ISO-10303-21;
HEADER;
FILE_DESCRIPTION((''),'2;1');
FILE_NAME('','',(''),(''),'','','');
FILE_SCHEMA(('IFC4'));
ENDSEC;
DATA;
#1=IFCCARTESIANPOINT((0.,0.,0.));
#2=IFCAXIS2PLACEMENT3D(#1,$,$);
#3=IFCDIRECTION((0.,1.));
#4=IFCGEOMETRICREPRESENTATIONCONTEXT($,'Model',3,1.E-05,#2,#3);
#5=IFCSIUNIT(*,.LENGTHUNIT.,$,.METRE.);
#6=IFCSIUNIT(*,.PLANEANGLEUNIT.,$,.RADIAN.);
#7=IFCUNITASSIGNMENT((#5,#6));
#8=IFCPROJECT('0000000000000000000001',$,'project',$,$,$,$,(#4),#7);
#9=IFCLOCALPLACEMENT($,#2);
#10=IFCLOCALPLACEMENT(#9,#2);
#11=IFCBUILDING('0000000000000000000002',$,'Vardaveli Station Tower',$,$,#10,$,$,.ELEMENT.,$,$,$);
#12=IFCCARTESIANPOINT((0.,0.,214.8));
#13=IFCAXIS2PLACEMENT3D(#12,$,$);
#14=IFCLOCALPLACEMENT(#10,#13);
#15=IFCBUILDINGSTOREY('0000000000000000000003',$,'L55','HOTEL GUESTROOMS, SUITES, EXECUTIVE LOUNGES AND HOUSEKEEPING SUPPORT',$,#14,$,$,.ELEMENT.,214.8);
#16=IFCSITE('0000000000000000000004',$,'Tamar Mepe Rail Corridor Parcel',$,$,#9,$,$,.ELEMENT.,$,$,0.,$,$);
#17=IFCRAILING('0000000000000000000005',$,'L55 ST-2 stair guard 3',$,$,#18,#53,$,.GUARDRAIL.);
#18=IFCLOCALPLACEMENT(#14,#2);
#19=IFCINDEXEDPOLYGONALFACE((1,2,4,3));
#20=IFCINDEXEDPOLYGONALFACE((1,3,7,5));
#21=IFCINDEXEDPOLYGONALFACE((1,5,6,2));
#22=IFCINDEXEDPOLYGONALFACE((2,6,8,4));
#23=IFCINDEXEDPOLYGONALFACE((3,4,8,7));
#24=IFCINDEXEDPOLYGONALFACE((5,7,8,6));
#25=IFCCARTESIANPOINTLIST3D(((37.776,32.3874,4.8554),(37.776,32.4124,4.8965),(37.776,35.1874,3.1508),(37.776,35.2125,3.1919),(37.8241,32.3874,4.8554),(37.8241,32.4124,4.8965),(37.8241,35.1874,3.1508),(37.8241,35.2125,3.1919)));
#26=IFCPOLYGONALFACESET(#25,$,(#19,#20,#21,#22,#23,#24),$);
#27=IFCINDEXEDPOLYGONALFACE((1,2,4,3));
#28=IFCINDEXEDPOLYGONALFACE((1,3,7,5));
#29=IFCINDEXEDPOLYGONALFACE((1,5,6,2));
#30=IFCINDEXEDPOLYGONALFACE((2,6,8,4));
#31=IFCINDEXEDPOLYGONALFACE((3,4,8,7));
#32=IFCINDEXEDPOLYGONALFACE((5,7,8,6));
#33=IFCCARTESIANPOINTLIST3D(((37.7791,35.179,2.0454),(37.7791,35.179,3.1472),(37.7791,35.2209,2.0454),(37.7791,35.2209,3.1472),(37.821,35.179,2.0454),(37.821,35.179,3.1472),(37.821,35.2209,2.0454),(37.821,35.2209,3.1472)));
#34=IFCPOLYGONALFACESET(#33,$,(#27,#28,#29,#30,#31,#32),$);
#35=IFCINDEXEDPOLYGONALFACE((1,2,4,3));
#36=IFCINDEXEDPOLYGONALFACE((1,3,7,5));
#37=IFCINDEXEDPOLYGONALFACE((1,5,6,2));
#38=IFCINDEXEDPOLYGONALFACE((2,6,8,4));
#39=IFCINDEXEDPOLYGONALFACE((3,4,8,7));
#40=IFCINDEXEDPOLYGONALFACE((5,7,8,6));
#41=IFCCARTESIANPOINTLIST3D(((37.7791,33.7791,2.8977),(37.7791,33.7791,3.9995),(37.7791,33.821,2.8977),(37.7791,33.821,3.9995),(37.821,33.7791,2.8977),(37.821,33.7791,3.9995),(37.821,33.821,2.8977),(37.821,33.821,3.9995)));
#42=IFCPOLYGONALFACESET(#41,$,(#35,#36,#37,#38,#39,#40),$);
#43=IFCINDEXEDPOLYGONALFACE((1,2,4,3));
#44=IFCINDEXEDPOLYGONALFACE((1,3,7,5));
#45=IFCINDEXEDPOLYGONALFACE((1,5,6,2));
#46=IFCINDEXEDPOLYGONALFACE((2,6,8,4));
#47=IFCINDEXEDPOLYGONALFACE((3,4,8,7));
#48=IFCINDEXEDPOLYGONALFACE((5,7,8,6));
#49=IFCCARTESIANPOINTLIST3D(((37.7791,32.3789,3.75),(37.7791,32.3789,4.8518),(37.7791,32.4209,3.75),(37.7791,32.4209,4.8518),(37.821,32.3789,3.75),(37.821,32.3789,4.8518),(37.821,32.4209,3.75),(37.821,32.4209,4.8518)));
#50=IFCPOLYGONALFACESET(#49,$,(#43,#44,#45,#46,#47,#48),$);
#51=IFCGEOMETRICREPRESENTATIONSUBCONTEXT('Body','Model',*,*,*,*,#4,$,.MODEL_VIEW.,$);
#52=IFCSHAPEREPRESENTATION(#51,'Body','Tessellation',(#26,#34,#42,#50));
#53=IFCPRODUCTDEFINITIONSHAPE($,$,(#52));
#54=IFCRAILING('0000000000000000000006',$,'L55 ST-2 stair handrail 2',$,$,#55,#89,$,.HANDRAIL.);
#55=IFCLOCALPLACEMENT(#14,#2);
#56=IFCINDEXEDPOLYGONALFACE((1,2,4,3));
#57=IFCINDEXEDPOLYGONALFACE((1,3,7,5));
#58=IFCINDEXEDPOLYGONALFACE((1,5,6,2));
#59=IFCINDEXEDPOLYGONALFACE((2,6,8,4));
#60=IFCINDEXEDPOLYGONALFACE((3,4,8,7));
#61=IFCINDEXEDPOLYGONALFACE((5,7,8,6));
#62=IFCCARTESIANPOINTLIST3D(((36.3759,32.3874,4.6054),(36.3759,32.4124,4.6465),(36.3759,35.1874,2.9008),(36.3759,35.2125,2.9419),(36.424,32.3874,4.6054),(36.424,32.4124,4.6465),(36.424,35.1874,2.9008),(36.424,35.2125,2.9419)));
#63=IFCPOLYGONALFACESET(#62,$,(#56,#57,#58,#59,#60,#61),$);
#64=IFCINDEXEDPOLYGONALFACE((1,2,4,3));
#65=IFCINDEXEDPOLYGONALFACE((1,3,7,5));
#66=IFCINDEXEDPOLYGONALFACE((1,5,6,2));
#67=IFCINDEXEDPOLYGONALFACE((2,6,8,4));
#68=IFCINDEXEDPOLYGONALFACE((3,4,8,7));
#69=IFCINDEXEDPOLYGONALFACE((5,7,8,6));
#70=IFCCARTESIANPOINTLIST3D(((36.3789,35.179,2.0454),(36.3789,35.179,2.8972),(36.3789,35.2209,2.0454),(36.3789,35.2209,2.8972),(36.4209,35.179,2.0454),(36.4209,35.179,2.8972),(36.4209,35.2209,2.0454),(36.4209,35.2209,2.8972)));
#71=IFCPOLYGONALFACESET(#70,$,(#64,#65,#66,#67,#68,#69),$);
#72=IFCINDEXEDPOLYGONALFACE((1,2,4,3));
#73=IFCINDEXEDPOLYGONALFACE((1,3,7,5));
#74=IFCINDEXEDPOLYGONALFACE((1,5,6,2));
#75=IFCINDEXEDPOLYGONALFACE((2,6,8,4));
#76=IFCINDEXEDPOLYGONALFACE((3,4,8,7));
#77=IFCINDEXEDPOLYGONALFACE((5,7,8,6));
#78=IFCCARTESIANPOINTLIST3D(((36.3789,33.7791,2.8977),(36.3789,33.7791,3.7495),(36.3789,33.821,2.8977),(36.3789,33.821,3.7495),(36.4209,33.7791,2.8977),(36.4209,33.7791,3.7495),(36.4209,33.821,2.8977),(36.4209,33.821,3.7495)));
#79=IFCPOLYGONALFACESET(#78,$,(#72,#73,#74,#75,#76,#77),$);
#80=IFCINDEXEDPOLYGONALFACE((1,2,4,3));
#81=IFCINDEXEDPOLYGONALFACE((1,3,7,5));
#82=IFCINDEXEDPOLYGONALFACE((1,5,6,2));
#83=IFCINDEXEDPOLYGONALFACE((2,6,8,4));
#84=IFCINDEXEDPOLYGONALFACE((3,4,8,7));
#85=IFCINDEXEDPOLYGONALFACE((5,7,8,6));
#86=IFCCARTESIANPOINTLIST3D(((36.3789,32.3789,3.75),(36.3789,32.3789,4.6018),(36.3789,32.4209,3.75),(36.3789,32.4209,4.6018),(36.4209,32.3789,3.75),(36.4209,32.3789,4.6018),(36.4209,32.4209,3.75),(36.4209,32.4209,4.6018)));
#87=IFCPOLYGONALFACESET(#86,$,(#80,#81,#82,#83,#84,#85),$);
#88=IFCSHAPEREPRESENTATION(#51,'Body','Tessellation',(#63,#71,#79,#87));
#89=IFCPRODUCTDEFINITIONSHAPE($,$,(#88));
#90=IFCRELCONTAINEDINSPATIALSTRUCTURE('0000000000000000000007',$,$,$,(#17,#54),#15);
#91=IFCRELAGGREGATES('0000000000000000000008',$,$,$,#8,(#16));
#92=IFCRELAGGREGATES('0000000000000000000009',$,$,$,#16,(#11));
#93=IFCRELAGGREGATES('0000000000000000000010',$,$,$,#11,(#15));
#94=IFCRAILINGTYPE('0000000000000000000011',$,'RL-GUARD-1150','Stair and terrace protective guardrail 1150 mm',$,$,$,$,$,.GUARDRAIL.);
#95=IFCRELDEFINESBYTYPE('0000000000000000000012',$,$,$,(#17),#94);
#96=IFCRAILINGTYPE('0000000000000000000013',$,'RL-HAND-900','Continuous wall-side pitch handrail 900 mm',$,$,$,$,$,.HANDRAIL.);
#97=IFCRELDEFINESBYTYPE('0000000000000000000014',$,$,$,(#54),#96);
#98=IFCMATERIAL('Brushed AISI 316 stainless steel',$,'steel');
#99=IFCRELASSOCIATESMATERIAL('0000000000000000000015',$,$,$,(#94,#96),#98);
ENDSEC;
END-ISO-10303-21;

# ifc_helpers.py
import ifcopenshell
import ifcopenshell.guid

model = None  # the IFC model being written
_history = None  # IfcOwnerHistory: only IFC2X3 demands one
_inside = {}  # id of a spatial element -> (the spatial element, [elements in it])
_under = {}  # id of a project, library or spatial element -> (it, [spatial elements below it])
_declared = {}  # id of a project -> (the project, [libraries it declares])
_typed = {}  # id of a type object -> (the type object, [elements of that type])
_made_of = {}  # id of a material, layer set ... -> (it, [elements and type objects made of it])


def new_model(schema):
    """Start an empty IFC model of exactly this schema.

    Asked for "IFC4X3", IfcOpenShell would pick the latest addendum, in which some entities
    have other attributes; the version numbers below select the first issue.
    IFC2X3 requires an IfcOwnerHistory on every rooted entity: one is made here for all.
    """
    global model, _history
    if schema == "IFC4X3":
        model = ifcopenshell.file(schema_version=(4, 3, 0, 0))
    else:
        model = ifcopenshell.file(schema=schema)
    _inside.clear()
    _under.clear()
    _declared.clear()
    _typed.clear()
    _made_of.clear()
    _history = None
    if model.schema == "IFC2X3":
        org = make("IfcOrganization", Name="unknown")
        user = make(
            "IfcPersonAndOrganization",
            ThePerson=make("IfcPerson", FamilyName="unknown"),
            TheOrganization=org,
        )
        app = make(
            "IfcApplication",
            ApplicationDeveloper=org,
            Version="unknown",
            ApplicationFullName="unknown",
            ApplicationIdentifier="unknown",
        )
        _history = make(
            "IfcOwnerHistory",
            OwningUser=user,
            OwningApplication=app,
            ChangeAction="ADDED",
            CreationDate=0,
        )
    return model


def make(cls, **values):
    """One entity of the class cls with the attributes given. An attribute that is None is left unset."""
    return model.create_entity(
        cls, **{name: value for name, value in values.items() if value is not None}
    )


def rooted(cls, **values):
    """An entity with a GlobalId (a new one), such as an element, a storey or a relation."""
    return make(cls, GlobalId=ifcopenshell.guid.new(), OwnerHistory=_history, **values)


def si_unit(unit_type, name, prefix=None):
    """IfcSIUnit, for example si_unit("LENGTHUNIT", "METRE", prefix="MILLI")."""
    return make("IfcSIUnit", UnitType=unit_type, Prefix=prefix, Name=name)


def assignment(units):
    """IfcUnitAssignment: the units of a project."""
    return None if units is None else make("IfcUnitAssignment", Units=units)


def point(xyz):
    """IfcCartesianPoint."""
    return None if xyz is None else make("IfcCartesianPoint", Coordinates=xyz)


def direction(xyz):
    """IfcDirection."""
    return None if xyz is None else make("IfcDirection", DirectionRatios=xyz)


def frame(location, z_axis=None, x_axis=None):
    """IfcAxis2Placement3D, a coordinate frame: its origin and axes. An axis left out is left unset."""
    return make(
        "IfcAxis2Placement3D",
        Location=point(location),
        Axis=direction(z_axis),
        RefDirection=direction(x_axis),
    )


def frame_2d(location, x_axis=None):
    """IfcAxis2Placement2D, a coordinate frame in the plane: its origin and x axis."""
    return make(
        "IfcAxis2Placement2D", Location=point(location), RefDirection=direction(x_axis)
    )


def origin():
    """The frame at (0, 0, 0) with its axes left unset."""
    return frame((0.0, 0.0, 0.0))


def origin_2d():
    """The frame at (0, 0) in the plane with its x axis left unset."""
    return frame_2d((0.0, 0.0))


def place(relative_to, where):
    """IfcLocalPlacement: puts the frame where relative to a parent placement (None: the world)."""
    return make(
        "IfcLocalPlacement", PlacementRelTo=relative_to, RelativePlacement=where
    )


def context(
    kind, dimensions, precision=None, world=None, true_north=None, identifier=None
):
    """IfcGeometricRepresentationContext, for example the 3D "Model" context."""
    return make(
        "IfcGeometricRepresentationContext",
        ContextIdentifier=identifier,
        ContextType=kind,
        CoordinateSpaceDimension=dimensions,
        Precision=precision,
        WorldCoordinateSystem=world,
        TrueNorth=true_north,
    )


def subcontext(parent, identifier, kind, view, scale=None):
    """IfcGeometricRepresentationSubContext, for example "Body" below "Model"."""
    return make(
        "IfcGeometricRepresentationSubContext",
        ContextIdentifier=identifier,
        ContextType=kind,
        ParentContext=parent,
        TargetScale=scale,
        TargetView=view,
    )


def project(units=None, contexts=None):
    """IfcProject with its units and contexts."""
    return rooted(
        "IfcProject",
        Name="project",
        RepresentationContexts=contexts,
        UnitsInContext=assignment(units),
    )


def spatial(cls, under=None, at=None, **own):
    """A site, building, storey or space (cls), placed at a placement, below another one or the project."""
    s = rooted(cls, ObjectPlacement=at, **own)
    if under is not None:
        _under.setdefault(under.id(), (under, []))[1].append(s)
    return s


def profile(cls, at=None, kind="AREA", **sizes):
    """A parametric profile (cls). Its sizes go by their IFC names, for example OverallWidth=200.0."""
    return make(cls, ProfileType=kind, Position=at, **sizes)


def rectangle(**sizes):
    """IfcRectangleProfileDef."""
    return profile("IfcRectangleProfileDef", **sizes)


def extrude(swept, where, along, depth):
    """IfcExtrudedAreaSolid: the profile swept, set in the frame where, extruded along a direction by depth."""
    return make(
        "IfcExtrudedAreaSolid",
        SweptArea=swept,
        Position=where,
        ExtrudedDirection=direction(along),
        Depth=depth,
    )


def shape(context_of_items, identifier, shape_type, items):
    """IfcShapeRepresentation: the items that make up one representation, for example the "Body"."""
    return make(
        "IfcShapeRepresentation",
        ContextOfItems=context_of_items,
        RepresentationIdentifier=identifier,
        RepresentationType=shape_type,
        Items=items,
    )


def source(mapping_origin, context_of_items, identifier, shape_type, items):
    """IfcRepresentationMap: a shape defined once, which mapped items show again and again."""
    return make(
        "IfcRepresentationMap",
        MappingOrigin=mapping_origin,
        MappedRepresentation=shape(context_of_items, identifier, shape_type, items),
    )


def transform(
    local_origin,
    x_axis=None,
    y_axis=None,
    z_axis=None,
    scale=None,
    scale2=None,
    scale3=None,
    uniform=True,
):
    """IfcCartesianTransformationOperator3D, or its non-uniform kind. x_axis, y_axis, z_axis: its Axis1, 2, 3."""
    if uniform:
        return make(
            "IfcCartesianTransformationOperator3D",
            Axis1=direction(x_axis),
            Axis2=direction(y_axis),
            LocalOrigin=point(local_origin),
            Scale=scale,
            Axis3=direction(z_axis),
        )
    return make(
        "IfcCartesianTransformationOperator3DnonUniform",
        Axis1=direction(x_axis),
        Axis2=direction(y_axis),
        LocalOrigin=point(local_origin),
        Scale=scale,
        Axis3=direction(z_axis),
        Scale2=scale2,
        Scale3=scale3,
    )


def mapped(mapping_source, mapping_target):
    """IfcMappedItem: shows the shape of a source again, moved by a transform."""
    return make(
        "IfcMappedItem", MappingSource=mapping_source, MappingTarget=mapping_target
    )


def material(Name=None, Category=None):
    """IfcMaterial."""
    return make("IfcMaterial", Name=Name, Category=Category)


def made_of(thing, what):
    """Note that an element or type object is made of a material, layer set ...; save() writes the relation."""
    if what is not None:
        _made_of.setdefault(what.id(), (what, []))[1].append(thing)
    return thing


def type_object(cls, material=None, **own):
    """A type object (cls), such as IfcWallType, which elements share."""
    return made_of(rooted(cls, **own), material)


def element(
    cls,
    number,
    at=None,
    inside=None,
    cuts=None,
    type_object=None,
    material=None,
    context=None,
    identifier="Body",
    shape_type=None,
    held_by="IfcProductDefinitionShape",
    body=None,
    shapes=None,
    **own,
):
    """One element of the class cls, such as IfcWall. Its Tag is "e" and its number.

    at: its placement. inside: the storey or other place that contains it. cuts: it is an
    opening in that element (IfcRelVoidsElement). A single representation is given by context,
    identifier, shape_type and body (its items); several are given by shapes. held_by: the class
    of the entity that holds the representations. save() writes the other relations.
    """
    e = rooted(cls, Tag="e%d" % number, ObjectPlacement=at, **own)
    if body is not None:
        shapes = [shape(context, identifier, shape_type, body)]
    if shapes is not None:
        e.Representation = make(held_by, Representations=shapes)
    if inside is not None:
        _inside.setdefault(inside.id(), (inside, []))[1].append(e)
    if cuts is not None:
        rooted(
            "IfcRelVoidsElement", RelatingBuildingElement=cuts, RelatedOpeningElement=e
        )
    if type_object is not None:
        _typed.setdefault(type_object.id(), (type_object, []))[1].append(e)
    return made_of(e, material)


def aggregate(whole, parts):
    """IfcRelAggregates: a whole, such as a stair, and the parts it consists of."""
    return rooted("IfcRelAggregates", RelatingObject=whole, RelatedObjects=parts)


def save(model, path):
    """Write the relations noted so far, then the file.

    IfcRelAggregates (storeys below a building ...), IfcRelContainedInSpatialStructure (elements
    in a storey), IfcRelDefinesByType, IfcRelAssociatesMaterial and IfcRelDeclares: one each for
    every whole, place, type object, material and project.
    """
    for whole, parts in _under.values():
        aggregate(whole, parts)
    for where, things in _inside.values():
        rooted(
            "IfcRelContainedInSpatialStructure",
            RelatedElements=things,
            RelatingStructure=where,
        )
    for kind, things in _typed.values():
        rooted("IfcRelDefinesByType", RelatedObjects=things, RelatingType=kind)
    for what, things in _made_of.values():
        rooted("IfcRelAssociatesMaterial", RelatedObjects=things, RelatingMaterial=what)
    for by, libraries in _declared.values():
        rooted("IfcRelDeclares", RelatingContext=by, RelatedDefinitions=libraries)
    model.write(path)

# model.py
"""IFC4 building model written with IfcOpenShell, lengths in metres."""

from ifc_helpers import new_model, si_unit, direction, frame, origin, origin_2d, place, context, subcontext, project, spatial, rectangle, extrude, source, transform, mapped, material, type_object, element, save


model = new_model("IFC4")

# Units and contexts
model_context = context("Model", 3, precision=1e-05, world=origin(), true_north=direction((0.0, 1.0)))
body_context = subcontext(model_context, "Body", "Model", "MODEL_VIEW")
ifc_project = project(units=[si_unit("LENGTHUNIT", "METRE"), si_unit("PLANEANGLEUNIT", "RADIAN")], contexts=[model_context])

# Site, building, storey
site_placement = place(None, origin())
site = spatial("IfcSite", under=ifc_project, at=site_placement, Name="Tamar Mepe Rail Corridor Parcel", CompositionType="ELEMENT", RefElevation=0.0)
building_placement = place(site_placement, origin())
building = spatial("IfcBuilding", under=site, at=building_placement, Name="Vardaveli Station Tower", CompositionType="ELEMENT")
storey_placement = place(building_placement, frame((0.0, 0.0, 214.8)))
storey = spatial("IfcBuildingStorey", under=building, at=storey_placement, Name="L55", Description="HOTEL GUESTROOMS, SUITES, EXECUTIVE LOUNGES AND HOUSEKEEPING SUPPORT", CompositionType="ELEMENT", Elevation=214.8)

# Railings
ifc_material_1 = material(Name="Brushed AISI 316 stainless steel", Category="steel")
railing_type_1 = type_object("IfcRailingType", Name="RL-GUARD-1150", Description="Stair and terrace protective guardrail 1150 mm", PredefinedType="GUARDRAIL", material=ifc_material_1)
shared_shape_1 = source(origin(), body_context, "Body", "SweptSolid", [
    extrude(rectangle(XDim=0.0481, YDim=0.0481, at=origin_2d()), frame((0.0, 0.0, 1.126), z_axis=(0.0, -0.85417, 0.519994), x_axis=(1.0, 0.0, 0.0)), (0.0, 0.0, 1.0), 3.2781),
    extrude(rectangle(XDim=0.042, YDim=0.042, at=origin_2d()), origin(), (0.0, 0.0, 1.0), 1.1018),
    extrude(rectangle(XDim=0.042, YDim=0.042, at=origin_2d()), frame((0.0, -1.3999, 0.8523)), (0.0, 0.0, 1.0), 1.1018),
    extrude(rectangle(XDim=0.042, YDim=0.042, at=origin_2d()), frame((0.0, -2.8, 1.7046)), (0.0, 0.0, 1.0), 1.1018),
])
railing_1_placement = place(storey_placement, frame((37.8, 35.2, 2.0454)))
element("IfcRailing", 1, at=railing_1_placement, inside=storey, type_object=railing_type_1, Name="L55 ST-2 stair guard 3", PredefinedType="GUARDRAIL", context=body_context, shape_type="MappedRepresentation", body=[
    mapped(shared_shape_1, transform((0.0, 0.0, 0.0), scale=1.0)),
])
railing_type_2 = type_object("IfcRailingType", Name="RL-HAND-900", Description="Continuous wall-side pitch handrail 900 mm", PredefinedType="HANDRAIL", material=ifc_material_1)
shared_shape_2 = source(origin(), body_context, "Body", "SweptSolid", [
    extrude(rectangle(XDim=0.0481, YDim=0.0481, at=origin_2d()), frame((0.0, 0.0, 0.876), z_axis=(0.0, -0.85417, 0.519994), x_axis=(1.0, 0.0, 0.0)), (0.0, 0.0, 1.0), 3.2781),
    extrude(rectangle(XDim=0.042, YDim=0.042, at=origin_2d()), origin(), (0.0, 0.0, 1.0), 0.8518),
    extrude(rectangle(XDim=0.042, YDim=0.042, at=origin_2d()), frame((0.0, -1.3999, 0.8523)), (0.0, 0.0, 1.0), 0.8518),
    extrude(rectangle(XDim=0.042, YDim=0.042, at=origin_2d()), frame((0.0, -2.8, 1.7046)), (0.0, 0.0, 1.0), 0.8518),
])
railing_2_placement = place(storey_placement, frame((36.3999, 35.2, 2.0454)))
element("IfcRailing", 2, at=railing_2_placement, inside=storey, type_object=railing_type_2, Name="L55 ST-2 stair handrail 2", PredefinedType="HANDRAIL", context=body_context, shape_type="MappedRepresentation", body=[
    mapped(shared_shape_2, transform((0.0, 0.0, 0.0), scale=1.0)),
])

save(model, "model.ifc")
